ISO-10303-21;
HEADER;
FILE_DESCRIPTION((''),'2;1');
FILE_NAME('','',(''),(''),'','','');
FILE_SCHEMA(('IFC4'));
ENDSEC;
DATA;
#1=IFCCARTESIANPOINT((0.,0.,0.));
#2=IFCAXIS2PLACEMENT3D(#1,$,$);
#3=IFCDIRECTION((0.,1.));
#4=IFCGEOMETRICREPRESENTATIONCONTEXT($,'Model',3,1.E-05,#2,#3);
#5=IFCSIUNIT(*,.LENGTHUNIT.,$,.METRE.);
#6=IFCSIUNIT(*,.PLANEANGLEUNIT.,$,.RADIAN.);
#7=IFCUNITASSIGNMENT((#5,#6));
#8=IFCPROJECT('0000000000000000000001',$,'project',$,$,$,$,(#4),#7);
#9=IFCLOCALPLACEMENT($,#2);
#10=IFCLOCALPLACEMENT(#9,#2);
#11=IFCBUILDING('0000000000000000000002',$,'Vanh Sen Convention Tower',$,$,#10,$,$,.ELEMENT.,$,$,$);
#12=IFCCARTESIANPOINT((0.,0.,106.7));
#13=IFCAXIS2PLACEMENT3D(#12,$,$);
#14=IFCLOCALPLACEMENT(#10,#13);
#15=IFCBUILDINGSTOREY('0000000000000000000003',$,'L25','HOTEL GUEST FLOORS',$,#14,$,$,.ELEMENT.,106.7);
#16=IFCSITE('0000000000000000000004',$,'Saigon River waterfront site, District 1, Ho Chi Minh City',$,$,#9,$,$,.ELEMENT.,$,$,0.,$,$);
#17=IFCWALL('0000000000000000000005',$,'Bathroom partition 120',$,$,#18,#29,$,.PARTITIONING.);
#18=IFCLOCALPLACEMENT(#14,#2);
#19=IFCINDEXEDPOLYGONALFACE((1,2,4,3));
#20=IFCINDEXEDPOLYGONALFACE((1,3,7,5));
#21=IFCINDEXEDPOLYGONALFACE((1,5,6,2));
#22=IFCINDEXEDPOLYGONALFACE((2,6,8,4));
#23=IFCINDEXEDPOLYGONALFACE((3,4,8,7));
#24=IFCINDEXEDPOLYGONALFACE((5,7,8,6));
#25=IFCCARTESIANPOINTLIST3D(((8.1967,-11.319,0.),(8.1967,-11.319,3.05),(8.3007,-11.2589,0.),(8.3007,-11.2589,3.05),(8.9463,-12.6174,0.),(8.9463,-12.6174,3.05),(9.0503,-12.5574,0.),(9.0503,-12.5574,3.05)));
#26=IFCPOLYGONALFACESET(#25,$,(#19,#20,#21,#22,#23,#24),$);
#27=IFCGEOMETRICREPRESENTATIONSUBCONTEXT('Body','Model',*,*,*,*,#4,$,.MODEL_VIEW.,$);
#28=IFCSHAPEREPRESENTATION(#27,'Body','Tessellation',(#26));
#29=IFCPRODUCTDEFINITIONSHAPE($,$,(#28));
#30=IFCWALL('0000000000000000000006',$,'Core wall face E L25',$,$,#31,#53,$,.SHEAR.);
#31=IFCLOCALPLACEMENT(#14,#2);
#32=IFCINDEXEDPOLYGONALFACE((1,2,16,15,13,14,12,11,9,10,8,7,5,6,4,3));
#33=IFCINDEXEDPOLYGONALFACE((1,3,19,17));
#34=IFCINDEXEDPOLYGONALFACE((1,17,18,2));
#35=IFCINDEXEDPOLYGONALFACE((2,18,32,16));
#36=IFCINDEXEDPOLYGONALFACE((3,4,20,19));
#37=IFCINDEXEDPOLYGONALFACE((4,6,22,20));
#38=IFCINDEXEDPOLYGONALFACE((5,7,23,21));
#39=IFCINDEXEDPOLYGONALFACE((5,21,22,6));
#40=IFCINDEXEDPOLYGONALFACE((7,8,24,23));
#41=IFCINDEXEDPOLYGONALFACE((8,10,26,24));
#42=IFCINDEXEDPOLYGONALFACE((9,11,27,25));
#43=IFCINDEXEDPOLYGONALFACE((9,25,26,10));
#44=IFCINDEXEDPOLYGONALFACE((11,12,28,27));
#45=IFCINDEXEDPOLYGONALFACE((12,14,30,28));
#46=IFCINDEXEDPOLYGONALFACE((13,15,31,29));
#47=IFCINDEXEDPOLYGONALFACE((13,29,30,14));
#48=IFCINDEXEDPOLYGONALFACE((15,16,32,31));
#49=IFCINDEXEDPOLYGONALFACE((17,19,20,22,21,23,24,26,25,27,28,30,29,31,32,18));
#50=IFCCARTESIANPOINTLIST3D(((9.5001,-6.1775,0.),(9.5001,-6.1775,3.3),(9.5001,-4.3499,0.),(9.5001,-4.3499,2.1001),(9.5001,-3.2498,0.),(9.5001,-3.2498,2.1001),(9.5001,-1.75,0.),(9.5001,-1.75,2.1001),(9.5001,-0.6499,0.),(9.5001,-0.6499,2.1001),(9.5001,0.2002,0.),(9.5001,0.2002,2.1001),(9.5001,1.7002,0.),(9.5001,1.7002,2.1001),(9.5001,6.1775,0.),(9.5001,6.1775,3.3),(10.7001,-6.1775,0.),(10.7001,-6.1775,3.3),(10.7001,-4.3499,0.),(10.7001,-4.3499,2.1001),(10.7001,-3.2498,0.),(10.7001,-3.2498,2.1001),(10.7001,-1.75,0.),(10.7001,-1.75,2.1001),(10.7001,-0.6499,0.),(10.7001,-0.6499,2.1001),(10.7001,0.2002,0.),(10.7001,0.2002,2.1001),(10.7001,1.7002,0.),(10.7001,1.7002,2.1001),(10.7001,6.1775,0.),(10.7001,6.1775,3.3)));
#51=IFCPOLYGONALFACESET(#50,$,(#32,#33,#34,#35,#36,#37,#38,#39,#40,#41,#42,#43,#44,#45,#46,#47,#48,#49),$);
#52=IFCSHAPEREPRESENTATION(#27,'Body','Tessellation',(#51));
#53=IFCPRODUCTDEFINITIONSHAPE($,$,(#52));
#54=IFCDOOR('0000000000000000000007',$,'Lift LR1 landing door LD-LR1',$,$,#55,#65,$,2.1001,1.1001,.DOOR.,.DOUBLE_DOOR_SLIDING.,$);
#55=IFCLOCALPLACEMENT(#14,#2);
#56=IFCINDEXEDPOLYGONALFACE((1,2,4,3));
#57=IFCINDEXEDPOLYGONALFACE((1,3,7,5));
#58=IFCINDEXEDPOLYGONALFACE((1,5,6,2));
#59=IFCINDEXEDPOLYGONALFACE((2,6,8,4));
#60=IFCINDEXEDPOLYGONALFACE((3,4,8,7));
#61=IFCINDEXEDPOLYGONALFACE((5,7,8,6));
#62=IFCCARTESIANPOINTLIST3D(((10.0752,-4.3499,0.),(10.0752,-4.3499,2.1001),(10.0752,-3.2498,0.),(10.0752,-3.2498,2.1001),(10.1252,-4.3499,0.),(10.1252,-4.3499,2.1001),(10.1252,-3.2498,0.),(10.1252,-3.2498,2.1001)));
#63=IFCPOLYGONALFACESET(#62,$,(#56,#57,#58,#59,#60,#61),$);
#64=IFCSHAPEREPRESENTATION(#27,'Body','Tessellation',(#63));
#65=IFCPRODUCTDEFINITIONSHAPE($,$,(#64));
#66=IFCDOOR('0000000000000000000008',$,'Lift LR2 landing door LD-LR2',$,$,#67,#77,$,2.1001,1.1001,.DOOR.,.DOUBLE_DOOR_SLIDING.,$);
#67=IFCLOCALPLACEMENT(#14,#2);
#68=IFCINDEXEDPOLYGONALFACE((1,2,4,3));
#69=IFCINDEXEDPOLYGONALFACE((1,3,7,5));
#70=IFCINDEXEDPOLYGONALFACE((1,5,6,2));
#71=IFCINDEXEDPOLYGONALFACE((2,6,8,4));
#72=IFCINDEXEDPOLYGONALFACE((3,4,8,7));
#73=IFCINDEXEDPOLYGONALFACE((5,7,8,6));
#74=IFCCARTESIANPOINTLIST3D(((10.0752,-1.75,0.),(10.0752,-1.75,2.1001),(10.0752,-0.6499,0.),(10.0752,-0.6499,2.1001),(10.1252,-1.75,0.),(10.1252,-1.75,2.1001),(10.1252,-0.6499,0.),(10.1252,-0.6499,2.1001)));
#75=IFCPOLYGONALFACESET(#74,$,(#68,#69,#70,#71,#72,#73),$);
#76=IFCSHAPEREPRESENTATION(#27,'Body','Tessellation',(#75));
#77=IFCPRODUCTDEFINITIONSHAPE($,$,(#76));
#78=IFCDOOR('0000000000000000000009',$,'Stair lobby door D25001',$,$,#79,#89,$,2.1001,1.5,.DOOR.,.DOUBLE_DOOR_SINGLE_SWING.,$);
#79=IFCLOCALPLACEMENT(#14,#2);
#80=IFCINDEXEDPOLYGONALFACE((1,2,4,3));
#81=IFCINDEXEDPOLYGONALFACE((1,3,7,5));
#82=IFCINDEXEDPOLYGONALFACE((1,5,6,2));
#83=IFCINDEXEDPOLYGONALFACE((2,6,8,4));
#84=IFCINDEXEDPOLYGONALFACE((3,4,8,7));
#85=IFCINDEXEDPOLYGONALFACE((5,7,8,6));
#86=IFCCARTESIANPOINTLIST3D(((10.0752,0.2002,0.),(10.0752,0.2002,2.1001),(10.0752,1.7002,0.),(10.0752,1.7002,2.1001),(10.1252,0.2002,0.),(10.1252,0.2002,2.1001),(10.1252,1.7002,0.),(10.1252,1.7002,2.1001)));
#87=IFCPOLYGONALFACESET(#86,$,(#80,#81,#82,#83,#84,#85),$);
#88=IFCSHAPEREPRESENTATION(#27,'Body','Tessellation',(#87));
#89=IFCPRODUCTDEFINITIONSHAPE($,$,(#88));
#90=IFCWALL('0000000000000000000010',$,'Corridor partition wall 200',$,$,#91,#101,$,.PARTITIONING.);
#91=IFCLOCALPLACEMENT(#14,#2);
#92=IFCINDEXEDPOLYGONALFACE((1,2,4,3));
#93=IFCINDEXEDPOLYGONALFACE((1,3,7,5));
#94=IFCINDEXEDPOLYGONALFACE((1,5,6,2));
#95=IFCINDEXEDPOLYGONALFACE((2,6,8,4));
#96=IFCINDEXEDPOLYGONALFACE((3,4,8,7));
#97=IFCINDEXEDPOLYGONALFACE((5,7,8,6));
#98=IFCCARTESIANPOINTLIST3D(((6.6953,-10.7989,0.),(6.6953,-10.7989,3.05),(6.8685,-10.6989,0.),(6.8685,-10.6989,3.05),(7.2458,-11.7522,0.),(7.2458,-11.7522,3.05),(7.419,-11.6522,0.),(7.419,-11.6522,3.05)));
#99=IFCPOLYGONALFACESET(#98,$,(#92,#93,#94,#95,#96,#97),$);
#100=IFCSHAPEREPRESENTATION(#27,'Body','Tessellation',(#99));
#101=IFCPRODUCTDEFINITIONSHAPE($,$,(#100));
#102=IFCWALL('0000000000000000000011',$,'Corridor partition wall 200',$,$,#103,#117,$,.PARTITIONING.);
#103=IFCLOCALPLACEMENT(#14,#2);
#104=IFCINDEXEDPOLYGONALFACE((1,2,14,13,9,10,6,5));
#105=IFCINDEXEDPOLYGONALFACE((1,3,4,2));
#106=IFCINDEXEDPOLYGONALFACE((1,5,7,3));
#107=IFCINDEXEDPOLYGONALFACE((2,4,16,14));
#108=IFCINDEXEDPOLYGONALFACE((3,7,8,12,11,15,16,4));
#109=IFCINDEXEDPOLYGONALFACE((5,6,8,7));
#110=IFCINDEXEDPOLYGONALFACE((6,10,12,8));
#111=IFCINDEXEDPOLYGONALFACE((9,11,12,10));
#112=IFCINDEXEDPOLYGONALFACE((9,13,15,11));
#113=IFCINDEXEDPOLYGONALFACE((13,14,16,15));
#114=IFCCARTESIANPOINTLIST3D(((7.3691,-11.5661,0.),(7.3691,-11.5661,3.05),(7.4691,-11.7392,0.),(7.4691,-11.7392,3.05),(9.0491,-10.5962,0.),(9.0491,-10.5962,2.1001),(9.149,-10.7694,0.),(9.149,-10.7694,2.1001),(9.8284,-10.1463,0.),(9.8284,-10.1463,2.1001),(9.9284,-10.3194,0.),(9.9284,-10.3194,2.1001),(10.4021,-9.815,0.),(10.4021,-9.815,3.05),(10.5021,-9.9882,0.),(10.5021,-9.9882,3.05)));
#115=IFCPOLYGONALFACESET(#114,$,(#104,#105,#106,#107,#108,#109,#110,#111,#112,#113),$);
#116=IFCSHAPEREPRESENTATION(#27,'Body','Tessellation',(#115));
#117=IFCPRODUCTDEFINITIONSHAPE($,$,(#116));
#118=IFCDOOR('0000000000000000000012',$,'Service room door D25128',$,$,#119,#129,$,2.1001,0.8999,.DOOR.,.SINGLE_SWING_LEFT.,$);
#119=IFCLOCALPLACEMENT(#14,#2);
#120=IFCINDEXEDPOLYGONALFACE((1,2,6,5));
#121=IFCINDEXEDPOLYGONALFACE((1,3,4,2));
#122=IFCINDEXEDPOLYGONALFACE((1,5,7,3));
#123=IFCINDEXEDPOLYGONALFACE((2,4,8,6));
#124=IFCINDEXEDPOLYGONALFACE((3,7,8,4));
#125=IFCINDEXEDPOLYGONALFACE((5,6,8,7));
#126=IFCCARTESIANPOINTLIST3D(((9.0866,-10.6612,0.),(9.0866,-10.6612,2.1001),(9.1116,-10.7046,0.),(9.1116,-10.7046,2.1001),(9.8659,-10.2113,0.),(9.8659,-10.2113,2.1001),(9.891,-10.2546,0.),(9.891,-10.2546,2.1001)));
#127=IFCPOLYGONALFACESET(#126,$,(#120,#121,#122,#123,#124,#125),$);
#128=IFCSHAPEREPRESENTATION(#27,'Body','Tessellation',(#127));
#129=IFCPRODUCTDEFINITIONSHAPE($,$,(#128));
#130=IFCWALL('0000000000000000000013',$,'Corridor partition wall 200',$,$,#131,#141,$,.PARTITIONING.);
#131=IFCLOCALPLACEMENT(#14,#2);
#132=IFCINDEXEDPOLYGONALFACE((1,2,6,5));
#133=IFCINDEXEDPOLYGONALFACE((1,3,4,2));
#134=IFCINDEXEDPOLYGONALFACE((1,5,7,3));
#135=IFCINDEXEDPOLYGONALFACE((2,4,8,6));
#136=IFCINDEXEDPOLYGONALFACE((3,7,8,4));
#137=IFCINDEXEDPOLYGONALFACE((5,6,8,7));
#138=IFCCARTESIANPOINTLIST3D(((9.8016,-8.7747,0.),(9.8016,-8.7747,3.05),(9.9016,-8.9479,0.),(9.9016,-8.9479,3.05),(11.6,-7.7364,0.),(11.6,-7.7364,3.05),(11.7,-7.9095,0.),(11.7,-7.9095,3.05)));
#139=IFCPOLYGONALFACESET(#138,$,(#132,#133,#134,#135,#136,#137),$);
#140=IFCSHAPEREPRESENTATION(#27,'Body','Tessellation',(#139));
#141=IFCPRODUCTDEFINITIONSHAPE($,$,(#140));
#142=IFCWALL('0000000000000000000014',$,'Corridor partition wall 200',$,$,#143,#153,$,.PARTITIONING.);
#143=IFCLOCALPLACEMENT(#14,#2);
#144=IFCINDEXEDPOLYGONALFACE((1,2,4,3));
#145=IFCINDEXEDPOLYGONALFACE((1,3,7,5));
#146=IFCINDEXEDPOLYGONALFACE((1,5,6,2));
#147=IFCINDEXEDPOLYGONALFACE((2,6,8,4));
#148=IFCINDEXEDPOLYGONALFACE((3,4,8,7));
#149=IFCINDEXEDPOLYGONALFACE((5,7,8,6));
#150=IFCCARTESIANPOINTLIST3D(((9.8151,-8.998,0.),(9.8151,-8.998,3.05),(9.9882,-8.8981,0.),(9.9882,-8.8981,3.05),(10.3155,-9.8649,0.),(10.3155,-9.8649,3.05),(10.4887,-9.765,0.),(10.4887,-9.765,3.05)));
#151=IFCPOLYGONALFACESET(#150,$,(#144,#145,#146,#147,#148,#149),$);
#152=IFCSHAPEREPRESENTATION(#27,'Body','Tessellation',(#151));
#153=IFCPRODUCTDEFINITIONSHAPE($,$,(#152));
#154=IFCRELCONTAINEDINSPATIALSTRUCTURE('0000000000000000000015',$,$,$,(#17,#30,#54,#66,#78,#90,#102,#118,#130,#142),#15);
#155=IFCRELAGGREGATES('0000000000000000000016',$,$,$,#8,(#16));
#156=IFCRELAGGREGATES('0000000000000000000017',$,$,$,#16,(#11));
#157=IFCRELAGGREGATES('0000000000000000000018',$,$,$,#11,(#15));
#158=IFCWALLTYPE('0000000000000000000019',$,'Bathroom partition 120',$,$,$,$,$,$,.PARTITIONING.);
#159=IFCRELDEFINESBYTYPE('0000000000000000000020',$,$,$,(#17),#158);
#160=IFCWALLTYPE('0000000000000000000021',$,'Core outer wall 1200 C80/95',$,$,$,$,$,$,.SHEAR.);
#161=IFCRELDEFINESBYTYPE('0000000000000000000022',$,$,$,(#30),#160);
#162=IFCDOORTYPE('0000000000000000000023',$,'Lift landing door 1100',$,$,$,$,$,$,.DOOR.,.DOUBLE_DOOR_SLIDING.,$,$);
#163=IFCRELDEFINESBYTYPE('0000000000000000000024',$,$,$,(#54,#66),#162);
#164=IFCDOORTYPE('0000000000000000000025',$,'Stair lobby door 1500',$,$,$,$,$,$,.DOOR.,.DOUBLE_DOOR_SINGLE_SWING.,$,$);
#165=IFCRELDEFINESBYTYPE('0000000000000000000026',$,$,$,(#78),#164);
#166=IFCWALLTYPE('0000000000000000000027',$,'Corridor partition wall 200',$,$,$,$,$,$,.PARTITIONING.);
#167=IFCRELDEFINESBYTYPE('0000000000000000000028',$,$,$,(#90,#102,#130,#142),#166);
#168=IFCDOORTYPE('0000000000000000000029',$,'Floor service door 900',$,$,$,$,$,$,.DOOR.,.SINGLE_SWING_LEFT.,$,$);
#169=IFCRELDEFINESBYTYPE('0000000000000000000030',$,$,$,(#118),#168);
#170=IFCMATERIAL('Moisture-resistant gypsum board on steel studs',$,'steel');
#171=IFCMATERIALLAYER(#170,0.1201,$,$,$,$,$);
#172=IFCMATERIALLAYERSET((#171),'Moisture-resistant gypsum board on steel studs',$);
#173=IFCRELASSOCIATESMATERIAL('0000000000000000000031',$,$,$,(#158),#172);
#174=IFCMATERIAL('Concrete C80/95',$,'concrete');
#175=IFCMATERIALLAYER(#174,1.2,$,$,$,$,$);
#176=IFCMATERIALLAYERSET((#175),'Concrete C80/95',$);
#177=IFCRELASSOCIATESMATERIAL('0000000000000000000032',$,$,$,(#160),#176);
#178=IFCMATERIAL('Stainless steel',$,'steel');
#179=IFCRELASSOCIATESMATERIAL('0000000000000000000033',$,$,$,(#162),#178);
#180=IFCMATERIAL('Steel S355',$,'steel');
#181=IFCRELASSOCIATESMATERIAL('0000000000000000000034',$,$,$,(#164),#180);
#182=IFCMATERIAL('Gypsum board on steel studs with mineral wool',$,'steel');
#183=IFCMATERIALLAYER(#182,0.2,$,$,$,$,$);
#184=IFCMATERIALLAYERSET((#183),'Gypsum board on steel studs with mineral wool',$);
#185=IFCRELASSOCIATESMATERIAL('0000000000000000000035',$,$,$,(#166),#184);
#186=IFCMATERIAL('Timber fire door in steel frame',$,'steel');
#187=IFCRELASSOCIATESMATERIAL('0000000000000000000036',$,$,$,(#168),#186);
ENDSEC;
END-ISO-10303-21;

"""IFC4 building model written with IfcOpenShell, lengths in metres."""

from ifc_helpers import new_model, si_unit, direction, frame, frame_2d, origin, place, context, subcontext, project, spatial, rectangle, extrude, material, layer, layer_set, type_object, element, fill, save


model = new_model("IFC4")

# Units and contexts
model_context = context("Model", 3, precision=1e-05, world=origin(), true_north=direction((0.0, 1.0)))
body_context = subcontext(model_context, "Body", "Model", "MODEL_VIEW")
ifc_project = project(units=[si_unit("LENGTHUNIT", "METRE"), si_unit("PLANEANGLEUNIT", "RADIAN")], contexts=[model_context])

# Site, building, storey
site_placement = place(None, origin())
site = spatial("IfcSite", under=ifc_project, at=site_placement, Name="Saigon River waterfront site, District 1, Ho Chi Minh City", CompositionType="ELEMENT", RefElevation=0.0)
building_placement = place(site_placement, origin())
building = spatial("IfcBuilding", under=site, at=building_placement, Name="Vanh Sen Convention Tower", CompositionType="ELEMENT")
storey_placement = place(building_placement, frame((0.0, 0.0, 106.7)))
storey = spatial("IfcBuildingStorey", under=building, at=storey_placement, Name="L25", Description="HOTEL GUEST FLOORS", CompositionType="ELEMENT", Elevation=106.7)

# Wall
ifc_material_1 = material(Name="Moisture-resistant gypsum board on steel studs", Category="steel")
ifc_layer_1 = layer(ifc_material_1, 0.1201)
ifc_layer_set_1 = layer_set([ifc_layer_1], Name="Moisture-resistant gypsum board on steel studs")
wall_type_1 = type_object("IfcWallType", Name="Bathroom partition 120", PredefinedType="PARTITIONING", material=ifc_layer_set_1)
wall_1_placement = place(storey_placement, frame((8.2488, -11.2891, 0.0), z_axis=(0.0, 0.0, 1.0), x_axis=(0.499957, -0.86605, 0.0)))
element("IfcWall", 1, at=wall_1_placement, inside=storey, type_object=wall_type_1, Name="Bathroom partition 120", PredefinedType="PARTITIONING", context=body_context, shape_type="SweptSolid", body=[
    extrude(rectangle(XDim=1.4993, YDim=0.1201, at=frame_2d((0.7495, 0.0))), origin(), (0.0, 0.0, 1.0), 3.05),
])

# Wall, openings, doors
ifc_material_2 = material(Name="Concrete C80/95", Category="concrete")
ifc_layer_2 = layer(ifc_material_2, 1.2)
ifc_layer_set_2 = layer_set([ifc_layer_2], Name="Concrete C80/95")
wall_type_2 = type_object("IfcWallType", Name="Core outer wall 1200 C80/95", PredefinedType="SHEAR", material=ifc_layer_set_2)
wall_2_placement = place(storey_placement, frame((10.1001, -6.1775, 0.0), z_axis=(0.0, 0.0, 1.0), x_axis=(0.0, 1.0, 0.0)))
wall_2 = element("IfcWall", 2, at=wall_2_placement, inside=storey, type_object=wall_type_2, Name="Core wall face E L25", PredefinedType="SHEAR", context=body_context, shape_type="SweptSolid", body=[
    extrude(rectangle(XDim=12.355, YDim=1.2, at=frame_2d((6.1775, 0.0))), origin(), (0.0, 0.0, 1.0), 3.3),
])
opening_1_placement = place(wall_2_placement, frame((6.3777, 0.0, 0.0)))
opening_1 = element("IfcOpeningElement", 3, at=opening_1_placement, cuts=wall_2, PredefinedType="OPENING", context=body_context, shape_type="SweptSolid", body=[
    extrude(rectangle(XDim=1.5, YDim=2.1001, at=frame_2d((0.75, 1.05))), frame((0.0, 0.6099, 0.0), z_axis=(0.0, -1.0, 0.0), x_axis=(1.0, 0.0, 0.0)), (0.0, 0.0, 1.0), 1.22),
])
opening_2_placement = place(wall_2_placement, frame((1.8276, 0.0, 0.0)))
opening_2 = element("IfcOpeningElement", 4, at=opening_2_placement, cuts=wall_2, PredefinedType="OPENING", context=body_context, shape_type="SweptSolid", body=[
    extrude(rectangle(XDim=1.1001, YDim=2.1001, at=frame_2d((0.55, 1.05))), frame((0.0, 0.6099, 0.0), z_axis=(0.0, -1.0, 0.0), x_axis=(1.0, 0.0, 0.0)), (0.0, 0.0, 1.0), 1.22),
])
opening_3_placement = place(wall_2_placement, frame((4.4275, 0.0, 0.0)))
opening_3 = element("IfcOpeningElement", 5, at=opening_3_placement, cuts=wall_2, PredefinedType="OPENING", context=body_context, shape_type="SweptSolid", body=[
    extrude(rectangle(XDim=1.1001, YDim=2.1001, at=frame_2d((0.55, 1.05))), frame((0.0, 0.6099, 0.0), z_axis=(0.0, -1.0, 0.0), x_axis=(1.0, 0.0, 0.0)), (0.0, 0.0, 1.0), 1.22),
])
ifc_material_3 = material(Name="Stainless steel", Category="steel")
door_type_1 = type_object("IfcDoorType", Name="Lift landing door 1100", OperationType="DOUBLE_DOOR_SLIDING", PredefinedType="DOOR", material=ifc_material_3)
door_1_placement = place(opening_2_placement, origin())
door_1 = element("IfcDoor", 6, at=door_1_placement, inside=storey, type_object=door_type_1, Name="Lift LR1 landing door LD-LR1", OperationType="DOUBLE_DOOR_SLIDING", OverallHeight=2.1001, OverallWidth=1.1001, PredefinedType="DOOR", context=body_context, shape_type="SweptSolid", body=[
    extrude(rectangle(XDim=1.1001, YDim=2.1001, at=frame_2d((0.55, 1.05))), frame((0.0, 0.0249, 0.0), z_axis=(0.0, -1.0, 0.0), x_axis=(1.0, 0.0, 0.0)), (0.0, 0.0, 1.0), 0.05),
])
fill(opening_2, door_1)
door_2_placement = place(opening_3_placement, origin())
door_2 = element("IfcDoor", 7, at=door_2_placement, inside=storey, type_object=door_type_1, Name="Lift LR2 landing door LD-LR2", OperationType="DOUBLE_DOOR_SLIDING", OverallHeight=2.1001, OverallWidth=1.1001, PredefinedType="DOOR", context=body_context, shape_type="SweptSolid", body=[
    extrude(rectangle(XDim=1.1001, YDim=2.1001, at=frame_2d((0.55, 1.05))), frame((0.0, 0.0249, 0.0), z_axis=(0.0, -1.0, 0.0), x_axis=(1.0, 0.0, 0.0)), (0.0, 0.0, 1.0), 0.05),
])
fill(opening_3, door_2)
ifc_material_4 = material(Name="Steel S355", Category="steel")
door_type_2 = type_object("IfcDoorType", Name="Stair lobby door 1500", OperationType="DOUBLE_DOOR_SINGLE_SWING", PredefinedType="DOOR", material=ifc_material_4)
door_3_placement = place(opening_1_placement, origin())
door_3 = element("IfcDoor", 8, at=door_3_placement, inside=storey, type_object=door_type_2, Name="Stair lobby door D25001", OperationType="DOUBLE_DOOR_SINGLE_SWING", OverallHeight=2.1001, OverallWidth=1.5, PredefinedType="DOOR", context=body_context, shape_type="SweptSolid", body=[
    extrude(rectangle(XDim=1.5, YDim=2.1001, at=frame_2d((0.75, 1.05))), frame((0.0, 0.0249, 0.0), z_axis=(0.0, -1.0, 0.0), x_axis=(1.0, 0.0, 0.0)), (0.0, 0.0, 1.0), 0.05),
])
fill(opening_1, door_3)

# Wall
ifc_material_5 = material(Name="Gypsum board on steel studs with mineral wool", Category="steel")
ifc_layer_3 = layer(ifc_material_5, 0.2)
ifc_layer_set_3 = layer_set([ifc_layer_3], Name="Gypsum board on steel studs with mineral wool")
wall_type_3 = type_object("IfcWallType", Name="Corridor partition wall 200", PredefinedType="PARTITIONING", material=ifc_layer_set_3)
wall_3_placement = place(storey_placement, frame((6.782, -10.749, 0.0), z_axis=(0.0, 0.0, 1.0), x_axis=(0.500074, -0.865982, 0.0)))
element("IfcWall", 9, at=wall_3_placement, inside=storey, type_object=wall_type_3, Name="Corridor partition wall 200", PredefinedType="PARTITIONING", context=body_context, shape_type="SweptSolid", body=[
    extrude(rectangle(XDim=1.1008, YDim=0.2, at=frame_2d((0.5503, 0.0))), origin(), (0.0, 0.0, 1.0), 3.05),
])

# Wall, opening, door
wall_4_placement = place(storey_placement, frame((7.4192, -11.6526, 0.0), z_axis=(0.0, 0.0, 1.0), x_axis=(0.866038, 0.499978, 0.0)))
wall_4 = element("IfcWall", 10, at=wall_4_placement, inside=storey, type_object=wall_type_3, Name="Corridor partition wall 200", PredefinedType="PARTITIONING", context=body_context, shape_type="SweptSolid", body=[
    extrude(rectangle(XDim=3.5022, YDim=0.2, at=frame_2d((1.751, 0.0))), origin(), (0.0, 0.0, 1.0), 3.05),
])
opening_4_placement = place(wall_4_placement, frame((1.9397, 0.0, 0.0)))
opening_4 = element("IfcOpeningElement", 11, at=opening_4_placement, cuts=wall_4, PredefinedType="OPENING", context=body_context, shape_type="SweptSolid", body=[
    extrude(rectangle(XDim=0.8999, YDim=2.1001, at=frame_2d((0.45, 1.05))), frame((0.0, 0.1099, 0.0), z_axis=(0.0, -1.0, 0.0), x_axis=(1.0, 0.0, 0.0)), (0.0, 0.0, 1.0), 0.22),
])
ifc_material_6 = material(Name="Timber fire door in steel frame", Category="steel")
door_type_3 = type_object("IfcDoorType", Name="Floor service door 900", OperationType="SINGLE_SWING_LEFT", PredefinedType="DOOR", material=ifc_material_6)
door_4_placement = place(opening_4_placement, origin())
door_4 = element("IfcDoor", 12, at=door_4_placement, inside=storey, type_object=door_type_3, Name="Service room door D25128", OperationType="SINGLE_SWING_LEFT", OverallHeight=2.1001, OverallWidth=0.8999, PredefinedType="DOOR", context=body_context, shape_type="SweptSolid", body=[
    extrude(rectangle(XDim=0.8999, YDim=2.1001, at=frame_2d((0.45, 1.05))), frame((0.0, 0.0249, 0.0), z_axis=(0.0, -1.0, 0.0), x_axis=(1.0, 0.0, 0.0)), (0.0, 0.0, 1.0), 0.05),
])
fill(opening_4, door_4)

# Walls
wall_5_placement = place(storey_placement, frame((9.8516, -8.8613, 0.0), z_axis=(0.0, 0.0, 1.0), x_axis=(0.866013, 0.500021, 0.0)))
element("IfcWall", 13, at=wall_5_placement, inside=storey, type_object=wall_type_3, Name="Corridor partition wall 200", PredefinedType="PARTITIONING", context=body_context, shape_type="SweptSolid", body=[
    extrude(rectangle(XDim=2.0767, YDim=0.2, at=frame_2d((1.0383, 0.0))), origin(), (0.0, 0.0, 1.0), 3.05),
])
wall_6_placement = place(storey_placement, frame((10.4021, -9.8149, 0.0), z_axis=(0.0, 0.0, 1.0), x_axis=(-0.499969, 0.866043, 0.0)))
element("IfcWall", 14, at=wall_6_placement, inside=storey, type_object=wall_type_3, Name="Corridor partition wall 200", PredefinedType="PARTITIONING", context=body_context, shape_type="SweptSolid", body=[
    extrude(rectangle(XDim=1.001, YDim=0.2, at=frame_2d((0.5005, 0.0))), origin(), (0.0, 0.0, 1.0), 3.05),
])

save(model, "model.ifc")
